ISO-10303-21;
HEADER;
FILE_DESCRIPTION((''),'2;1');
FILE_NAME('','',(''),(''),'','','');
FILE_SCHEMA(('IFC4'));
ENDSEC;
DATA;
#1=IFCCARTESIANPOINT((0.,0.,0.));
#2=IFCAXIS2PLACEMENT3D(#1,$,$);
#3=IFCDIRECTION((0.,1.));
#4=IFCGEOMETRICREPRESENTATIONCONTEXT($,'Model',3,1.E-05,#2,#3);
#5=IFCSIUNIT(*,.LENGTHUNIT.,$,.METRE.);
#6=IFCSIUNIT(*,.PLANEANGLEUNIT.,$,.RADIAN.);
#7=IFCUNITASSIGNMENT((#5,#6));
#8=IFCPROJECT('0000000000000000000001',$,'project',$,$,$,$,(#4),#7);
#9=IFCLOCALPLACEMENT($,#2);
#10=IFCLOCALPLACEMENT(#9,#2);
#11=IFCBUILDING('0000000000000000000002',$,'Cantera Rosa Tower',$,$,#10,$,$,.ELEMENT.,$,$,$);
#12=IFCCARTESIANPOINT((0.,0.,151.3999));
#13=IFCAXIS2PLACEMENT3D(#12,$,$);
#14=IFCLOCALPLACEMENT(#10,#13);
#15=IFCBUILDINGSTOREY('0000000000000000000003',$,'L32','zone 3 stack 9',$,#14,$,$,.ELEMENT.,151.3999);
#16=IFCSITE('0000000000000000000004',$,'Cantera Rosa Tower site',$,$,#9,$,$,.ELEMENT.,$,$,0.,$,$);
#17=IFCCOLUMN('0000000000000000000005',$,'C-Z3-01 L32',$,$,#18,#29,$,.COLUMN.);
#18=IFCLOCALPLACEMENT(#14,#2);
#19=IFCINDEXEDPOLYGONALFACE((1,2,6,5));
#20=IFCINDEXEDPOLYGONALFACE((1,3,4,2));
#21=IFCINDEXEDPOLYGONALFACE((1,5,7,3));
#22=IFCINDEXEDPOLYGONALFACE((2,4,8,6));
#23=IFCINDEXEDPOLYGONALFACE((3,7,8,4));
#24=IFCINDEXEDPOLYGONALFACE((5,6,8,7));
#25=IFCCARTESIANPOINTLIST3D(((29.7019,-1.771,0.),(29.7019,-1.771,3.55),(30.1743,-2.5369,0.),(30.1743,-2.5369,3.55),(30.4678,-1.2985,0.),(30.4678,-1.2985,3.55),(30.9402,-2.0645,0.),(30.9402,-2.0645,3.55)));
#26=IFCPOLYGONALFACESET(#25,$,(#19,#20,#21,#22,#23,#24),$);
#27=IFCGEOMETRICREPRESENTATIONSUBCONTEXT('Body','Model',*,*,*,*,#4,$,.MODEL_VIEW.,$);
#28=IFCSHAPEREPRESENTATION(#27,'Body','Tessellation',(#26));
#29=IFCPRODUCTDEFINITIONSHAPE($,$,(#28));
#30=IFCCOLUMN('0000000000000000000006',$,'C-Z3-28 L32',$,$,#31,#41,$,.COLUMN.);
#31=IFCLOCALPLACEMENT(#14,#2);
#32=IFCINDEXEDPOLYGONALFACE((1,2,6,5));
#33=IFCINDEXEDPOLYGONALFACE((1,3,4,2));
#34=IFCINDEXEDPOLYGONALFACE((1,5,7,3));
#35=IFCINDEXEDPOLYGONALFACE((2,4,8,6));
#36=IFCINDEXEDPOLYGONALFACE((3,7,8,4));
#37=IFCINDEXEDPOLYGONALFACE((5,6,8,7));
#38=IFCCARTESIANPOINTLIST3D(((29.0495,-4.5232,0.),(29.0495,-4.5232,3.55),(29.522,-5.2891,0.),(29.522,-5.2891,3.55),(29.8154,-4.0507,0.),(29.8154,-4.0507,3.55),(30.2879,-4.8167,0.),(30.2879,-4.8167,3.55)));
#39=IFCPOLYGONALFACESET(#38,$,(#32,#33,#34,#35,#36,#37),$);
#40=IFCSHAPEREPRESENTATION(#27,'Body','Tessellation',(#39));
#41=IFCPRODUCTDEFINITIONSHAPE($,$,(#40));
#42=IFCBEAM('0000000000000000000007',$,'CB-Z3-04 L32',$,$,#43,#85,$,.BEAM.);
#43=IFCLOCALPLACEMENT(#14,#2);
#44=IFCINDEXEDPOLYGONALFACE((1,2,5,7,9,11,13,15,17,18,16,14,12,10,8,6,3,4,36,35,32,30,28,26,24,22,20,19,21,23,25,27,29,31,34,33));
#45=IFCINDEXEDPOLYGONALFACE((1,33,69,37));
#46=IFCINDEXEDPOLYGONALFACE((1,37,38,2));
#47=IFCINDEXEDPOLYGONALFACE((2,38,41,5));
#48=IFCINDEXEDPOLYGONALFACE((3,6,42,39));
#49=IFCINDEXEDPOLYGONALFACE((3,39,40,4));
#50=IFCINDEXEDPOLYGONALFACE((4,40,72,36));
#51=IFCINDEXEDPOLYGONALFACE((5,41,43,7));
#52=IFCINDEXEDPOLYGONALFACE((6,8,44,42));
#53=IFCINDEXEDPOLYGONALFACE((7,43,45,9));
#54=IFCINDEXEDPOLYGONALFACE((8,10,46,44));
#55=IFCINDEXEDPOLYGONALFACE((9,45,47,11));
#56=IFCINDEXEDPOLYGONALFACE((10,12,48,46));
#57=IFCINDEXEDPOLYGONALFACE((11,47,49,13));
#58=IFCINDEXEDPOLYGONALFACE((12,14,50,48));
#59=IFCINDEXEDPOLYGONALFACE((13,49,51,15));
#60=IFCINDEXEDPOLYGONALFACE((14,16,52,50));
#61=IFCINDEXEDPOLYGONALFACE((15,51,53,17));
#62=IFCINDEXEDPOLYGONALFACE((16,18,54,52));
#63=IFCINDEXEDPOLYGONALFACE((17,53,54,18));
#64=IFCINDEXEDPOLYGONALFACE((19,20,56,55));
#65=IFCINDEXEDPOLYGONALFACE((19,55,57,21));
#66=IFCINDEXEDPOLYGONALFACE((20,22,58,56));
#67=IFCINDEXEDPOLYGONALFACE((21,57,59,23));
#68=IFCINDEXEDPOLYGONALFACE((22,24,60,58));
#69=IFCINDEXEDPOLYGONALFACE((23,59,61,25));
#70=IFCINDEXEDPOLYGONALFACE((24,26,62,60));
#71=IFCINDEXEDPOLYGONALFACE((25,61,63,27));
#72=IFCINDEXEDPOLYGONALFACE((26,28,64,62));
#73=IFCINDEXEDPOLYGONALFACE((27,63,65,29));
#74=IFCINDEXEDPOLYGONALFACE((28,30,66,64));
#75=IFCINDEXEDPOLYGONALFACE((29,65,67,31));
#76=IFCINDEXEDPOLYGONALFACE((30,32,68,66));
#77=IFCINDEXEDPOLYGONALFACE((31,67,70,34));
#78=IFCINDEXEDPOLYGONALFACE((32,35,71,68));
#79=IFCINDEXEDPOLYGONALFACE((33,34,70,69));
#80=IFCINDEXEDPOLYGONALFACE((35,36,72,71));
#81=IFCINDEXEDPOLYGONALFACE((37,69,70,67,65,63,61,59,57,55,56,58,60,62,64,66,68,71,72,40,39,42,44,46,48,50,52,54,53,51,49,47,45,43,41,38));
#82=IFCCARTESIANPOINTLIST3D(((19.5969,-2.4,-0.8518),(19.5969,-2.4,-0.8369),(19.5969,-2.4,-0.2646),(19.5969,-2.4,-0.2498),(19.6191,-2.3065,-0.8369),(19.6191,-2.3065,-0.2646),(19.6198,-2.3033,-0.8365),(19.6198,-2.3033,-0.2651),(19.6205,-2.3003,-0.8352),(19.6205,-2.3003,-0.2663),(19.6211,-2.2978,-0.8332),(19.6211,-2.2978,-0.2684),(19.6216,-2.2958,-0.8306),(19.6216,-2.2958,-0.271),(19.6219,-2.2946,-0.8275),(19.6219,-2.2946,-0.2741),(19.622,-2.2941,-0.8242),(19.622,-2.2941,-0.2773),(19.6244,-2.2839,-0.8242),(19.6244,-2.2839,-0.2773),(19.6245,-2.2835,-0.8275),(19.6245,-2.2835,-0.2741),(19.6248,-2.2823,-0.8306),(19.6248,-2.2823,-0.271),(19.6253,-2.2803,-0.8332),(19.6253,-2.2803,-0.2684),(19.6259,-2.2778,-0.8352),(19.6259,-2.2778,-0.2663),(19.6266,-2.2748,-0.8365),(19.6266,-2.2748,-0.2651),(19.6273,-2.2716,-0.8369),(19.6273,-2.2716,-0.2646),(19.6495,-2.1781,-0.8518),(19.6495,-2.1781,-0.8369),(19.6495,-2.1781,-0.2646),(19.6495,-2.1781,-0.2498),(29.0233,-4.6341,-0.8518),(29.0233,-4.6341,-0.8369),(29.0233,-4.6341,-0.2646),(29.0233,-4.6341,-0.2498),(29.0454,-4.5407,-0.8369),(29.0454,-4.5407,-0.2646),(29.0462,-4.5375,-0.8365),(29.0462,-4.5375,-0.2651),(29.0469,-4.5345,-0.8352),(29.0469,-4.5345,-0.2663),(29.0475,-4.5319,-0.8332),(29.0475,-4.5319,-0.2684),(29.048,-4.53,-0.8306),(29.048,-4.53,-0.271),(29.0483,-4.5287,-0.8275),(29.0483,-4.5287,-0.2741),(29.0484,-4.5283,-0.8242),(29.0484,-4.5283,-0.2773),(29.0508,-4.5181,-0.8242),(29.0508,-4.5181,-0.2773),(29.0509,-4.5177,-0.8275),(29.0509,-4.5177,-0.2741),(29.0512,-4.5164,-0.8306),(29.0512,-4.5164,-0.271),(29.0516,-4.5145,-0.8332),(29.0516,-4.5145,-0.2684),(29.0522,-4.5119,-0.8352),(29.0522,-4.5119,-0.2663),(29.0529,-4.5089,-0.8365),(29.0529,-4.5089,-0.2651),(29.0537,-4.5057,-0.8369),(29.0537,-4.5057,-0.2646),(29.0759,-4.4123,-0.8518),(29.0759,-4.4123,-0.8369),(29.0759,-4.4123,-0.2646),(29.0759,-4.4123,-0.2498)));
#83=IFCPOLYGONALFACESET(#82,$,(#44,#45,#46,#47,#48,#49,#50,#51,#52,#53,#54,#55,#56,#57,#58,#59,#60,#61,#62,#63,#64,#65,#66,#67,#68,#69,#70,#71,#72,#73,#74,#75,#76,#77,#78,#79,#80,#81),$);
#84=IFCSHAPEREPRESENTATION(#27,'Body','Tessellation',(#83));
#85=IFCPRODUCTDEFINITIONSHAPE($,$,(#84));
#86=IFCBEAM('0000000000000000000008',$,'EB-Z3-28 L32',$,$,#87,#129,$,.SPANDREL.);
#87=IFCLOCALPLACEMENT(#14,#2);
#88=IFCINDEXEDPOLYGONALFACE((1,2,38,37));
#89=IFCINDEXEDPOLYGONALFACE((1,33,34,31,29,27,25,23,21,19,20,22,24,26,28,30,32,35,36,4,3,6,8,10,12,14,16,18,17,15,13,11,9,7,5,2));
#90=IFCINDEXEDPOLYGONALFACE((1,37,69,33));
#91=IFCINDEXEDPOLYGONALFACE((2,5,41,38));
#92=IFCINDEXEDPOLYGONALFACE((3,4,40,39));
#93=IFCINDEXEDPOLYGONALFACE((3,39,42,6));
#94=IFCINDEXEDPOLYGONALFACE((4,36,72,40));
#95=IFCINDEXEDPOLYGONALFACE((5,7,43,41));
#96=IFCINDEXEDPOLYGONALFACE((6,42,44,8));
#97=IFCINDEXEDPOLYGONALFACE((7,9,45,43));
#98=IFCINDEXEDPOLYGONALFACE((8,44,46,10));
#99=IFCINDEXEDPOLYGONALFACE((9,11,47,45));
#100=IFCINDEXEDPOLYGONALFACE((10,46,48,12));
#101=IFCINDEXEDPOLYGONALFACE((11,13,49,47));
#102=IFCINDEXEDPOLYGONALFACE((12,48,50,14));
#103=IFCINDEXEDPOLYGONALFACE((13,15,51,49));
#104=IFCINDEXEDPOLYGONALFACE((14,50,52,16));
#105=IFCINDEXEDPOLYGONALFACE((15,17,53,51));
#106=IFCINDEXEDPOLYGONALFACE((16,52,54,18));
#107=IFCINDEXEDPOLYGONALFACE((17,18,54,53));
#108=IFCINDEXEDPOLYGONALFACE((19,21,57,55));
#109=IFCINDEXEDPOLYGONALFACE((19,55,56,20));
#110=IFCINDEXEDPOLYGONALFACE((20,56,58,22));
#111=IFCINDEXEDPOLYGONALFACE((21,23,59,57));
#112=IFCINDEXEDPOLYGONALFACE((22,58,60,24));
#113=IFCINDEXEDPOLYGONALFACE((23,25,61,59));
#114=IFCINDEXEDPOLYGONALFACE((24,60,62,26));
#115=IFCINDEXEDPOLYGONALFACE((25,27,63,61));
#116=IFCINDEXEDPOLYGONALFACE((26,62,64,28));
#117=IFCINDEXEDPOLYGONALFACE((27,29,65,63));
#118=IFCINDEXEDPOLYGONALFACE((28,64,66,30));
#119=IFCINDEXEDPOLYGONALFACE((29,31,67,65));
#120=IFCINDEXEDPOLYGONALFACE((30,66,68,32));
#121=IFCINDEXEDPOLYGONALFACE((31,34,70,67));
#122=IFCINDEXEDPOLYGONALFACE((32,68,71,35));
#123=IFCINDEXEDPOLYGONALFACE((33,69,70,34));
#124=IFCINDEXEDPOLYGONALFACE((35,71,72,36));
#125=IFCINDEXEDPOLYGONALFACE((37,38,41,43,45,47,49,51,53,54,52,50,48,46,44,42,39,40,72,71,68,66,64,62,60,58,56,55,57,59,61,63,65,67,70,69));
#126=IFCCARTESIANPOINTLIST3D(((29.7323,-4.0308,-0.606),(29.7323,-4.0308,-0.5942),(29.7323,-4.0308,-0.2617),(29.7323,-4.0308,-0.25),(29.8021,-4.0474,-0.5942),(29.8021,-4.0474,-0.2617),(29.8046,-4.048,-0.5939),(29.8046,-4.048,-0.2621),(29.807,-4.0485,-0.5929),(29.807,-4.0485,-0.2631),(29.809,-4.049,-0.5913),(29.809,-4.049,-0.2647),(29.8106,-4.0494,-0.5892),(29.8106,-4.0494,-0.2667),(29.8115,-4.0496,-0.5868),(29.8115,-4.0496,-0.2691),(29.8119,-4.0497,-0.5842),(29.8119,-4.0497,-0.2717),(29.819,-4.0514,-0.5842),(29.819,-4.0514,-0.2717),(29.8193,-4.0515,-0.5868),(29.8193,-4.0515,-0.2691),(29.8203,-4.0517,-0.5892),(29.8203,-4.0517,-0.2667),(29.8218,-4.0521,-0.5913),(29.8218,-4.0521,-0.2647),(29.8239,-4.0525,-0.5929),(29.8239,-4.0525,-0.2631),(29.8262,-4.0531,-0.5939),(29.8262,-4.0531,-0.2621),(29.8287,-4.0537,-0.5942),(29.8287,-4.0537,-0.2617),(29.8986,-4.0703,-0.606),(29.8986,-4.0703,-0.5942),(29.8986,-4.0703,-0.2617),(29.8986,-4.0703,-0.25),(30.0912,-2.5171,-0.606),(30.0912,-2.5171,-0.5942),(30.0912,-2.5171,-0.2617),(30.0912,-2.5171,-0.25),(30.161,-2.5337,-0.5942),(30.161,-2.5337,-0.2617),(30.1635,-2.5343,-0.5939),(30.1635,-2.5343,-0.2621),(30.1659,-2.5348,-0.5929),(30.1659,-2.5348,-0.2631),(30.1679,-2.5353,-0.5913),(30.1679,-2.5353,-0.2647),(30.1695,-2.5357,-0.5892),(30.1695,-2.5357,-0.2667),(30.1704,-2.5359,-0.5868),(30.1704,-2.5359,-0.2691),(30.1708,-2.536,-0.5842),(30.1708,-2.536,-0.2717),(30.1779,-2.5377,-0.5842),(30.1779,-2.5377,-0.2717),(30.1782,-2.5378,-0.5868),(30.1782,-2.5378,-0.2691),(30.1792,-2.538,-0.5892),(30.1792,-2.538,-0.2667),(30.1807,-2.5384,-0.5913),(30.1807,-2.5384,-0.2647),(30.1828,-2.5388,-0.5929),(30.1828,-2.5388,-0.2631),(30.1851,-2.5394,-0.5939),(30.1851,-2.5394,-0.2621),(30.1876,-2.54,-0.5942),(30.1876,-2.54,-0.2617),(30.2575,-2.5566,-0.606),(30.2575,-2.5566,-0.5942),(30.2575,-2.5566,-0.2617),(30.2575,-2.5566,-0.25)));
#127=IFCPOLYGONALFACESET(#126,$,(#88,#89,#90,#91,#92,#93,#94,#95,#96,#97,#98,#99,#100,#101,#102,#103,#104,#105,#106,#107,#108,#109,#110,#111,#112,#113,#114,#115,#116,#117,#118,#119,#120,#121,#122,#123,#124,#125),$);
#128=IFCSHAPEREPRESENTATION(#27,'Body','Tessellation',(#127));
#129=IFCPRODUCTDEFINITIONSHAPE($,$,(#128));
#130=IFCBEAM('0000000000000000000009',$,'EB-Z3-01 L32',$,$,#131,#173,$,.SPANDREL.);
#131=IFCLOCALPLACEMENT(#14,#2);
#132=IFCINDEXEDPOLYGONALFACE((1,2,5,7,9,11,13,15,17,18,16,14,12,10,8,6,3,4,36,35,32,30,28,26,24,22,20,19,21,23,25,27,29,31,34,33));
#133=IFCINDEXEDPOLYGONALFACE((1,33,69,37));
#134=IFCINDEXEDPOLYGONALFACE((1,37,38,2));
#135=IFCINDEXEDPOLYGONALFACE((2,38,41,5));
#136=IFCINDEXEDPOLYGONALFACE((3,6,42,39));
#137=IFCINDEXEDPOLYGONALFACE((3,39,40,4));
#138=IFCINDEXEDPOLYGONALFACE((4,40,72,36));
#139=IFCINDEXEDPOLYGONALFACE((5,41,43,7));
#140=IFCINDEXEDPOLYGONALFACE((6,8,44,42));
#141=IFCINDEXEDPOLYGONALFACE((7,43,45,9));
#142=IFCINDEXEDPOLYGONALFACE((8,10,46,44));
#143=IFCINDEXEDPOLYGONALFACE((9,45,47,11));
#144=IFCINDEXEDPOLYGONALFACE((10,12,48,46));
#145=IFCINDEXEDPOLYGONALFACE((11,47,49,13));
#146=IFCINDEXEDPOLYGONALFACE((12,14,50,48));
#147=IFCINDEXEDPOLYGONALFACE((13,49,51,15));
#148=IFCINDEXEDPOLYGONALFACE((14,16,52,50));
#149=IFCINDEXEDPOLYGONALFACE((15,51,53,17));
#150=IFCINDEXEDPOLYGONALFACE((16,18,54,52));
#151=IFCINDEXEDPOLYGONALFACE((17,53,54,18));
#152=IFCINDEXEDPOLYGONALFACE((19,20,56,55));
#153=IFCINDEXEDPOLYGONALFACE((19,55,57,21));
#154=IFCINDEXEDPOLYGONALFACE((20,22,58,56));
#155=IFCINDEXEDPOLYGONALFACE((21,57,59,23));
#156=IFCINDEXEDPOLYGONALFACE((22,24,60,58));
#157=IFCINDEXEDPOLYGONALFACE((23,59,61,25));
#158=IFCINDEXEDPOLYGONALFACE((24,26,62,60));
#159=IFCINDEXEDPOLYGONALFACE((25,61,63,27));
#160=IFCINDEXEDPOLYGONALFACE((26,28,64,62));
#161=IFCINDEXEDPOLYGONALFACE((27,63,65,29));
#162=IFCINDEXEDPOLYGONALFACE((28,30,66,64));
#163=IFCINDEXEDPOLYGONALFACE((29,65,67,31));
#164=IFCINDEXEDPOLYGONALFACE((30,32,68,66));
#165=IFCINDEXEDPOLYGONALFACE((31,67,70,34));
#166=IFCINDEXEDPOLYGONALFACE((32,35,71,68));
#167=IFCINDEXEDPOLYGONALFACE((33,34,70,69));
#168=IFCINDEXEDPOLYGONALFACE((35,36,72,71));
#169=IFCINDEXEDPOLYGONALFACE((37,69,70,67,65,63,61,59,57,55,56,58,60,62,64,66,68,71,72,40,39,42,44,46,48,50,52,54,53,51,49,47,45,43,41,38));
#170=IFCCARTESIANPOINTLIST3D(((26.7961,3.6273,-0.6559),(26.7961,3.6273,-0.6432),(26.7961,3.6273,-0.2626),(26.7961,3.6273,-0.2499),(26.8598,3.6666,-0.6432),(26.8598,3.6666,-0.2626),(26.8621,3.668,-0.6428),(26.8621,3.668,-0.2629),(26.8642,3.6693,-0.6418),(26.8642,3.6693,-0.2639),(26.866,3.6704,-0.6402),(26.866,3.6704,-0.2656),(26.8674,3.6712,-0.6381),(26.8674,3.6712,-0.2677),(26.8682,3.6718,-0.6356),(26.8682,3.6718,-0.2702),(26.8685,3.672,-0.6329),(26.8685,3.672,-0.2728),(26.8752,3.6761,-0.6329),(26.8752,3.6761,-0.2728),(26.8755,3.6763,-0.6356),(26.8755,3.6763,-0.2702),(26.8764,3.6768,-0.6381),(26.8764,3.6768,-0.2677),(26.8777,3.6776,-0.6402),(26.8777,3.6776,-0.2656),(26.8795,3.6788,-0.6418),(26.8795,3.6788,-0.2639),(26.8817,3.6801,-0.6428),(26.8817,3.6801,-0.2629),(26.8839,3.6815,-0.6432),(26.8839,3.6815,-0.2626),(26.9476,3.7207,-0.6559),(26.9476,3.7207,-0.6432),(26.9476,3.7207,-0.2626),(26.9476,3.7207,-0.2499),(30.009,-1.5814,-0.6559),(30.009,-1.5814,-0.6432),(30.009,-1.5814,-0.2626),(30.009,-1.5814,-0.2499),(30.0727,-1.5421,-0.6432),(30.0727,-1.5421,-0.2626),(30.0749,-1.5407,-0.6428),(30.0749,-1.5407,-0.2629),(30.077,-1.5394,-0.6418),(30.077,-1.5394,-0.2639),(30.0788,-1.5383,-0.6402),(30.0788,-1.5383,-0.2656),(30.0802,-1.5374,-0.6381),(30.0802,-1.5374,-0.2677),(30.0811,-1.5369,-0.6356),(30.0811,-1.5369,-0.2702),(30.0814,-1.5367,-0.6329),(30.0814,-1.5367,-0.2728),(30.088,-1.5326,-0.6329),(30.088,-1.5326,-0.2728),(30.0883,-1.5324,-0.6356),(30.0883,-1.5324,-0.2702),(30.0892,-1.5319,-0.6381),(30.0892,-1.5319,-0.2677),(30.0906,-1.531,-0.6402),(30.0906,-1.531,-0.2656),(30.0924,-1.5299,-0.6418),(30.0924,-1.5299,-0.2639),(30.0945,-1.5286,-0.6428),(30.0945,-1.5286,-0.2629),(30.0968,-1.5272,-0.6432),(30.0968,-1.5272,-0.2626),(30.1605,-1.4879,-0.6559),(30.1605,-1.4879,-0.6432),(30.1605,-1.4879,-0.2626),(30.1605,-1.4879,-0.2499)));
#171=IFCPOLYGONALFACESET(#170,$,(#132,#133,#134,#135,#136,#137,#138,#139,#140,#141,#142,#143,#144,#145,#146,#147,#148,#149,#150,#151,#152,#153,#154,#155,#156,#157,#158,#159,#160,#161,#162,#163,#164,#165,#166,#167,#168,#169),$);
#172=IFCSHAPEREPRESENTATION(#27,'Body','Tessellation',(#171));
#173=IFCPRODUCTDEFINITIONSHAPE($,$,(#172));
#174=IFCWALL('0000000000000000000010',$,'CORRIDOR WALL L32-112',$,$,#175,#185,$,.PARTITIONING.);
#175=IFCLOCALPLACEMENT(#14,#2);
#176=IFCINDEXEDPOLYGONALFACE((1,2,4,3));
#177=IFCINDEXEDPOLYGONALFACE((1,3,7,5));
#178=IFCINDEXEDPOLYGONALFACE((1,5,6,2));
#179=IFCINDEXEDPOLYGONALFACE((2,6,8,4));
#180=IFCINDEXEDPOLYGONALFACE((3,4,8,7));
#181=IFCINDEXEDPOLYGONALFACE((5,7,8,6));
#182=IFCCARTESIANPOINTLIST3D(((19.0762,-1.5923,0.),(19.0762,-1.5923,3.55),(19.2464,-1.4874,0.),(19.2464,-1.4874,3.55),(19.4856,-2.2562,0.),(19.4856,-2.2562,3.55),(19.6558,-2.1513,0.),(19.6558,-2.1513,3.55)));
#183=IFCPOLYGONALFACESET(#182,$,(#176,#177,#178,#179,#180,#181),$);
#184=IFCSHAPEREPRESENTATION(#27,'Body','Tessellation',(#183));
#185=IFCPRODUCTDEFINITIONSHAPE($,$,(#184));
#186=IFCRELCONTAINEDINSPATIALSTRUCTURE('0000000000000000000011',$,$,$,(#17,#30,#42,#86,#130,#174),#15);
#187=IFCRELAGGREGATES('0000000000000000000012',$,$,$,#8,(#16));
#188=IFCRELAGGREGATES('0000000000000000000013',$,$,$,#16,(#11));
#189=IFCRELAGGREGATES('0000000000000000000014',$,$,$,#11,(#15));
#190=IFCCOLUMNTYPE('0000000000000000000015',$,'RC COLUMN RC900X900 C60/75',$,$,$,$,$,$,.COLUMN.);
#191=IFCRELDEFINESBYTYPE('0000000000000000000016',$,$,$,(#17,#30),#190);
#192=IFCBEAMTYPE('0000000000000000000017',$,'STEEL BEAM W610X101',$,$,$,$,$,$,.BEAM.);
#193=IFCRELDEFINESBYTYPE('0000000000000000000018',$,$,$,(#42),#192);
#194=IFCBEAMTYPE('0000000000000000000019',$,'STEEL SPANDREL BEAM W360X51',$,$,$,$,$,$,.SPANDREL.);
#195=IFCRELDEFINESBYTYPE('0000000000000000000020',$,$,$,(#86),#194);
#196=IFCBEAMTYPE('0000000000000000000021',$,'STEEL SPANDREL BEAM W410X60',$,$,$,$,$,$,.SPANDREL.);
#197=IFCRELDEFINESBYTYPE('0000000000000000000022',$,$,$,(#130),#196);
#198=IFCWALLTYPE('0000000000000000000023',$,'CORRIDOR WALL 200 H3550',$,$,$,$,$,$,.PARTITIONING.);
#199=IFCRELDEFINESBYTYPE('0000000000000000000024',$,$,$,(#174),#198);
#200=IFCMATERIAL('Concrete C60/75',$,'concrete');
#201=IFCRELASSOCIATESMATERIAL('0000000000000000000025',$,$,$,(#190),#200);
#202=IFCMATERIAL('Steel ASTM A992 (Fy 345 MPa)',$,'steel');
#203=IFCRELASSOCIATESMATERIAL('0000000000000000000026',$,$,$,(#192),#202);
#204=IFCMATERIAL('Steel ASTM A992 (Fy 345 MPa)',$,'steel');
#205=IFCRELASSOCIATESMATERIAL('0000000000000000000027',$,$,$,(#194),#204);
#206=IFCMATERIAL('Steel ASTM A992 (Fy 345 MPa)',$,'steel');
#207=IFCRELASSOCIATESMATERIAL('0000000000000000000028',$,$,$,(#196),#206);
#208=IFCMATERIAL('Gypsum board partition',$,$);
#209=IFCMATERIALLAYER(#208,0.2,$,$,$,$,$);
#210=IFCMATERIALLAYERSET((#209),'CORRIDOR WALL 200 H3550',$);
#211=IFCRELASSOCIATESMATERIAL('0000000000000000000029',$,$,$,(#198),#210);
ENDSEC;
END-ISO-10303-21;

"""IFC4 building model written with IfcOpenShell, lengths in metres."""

from ifc_helpers import new_model, si_unit, direction, frame, frame_2d, origin, origin_2d, place, context, subcontext, project, spatial, rectangle, i_section, extrude, material, layer, layer_set, material_profile, profile_set, type_object, element, save


model = new_model("IFC4")

# Units and contexts
model_context = context("Model", 3, precision=1e-05, world=origin(), true_north=direction((0.0, 1.0)))
body_context = subcontext(model_context, "Body", "Model", "MODEL_VIEW")
ifc_project = project(units=[si_unit("LENGTHUNIT", "METRE"), si_unit("PLANEANGLEUNIT", "RADIAN")], contexts=[model_context])

# Site, building, storey
site_placement = place(None, origin())
site = spatial("IfcSite", under=ifc_project, at=site_placement, Name="Cantera Rosa Tower site", CompositionType="ELEMENT", RefElevation=0.0)
building_placement = place(site_placement, origin())
building = spatial("IfcBuilding", under=site, at=building_placement, Name="Cantera Rosa Tower", CompositionType="ELEMENT")
storey_placement = place(building_placement, frame((0.0, 0.0, 151.3999)))
storey = spatial("IfcBuildingStorey", under=building, at=storey_placement, Name="L32", Description="zone 3 stack 9", CompositionType="ELEMENT", Elevation=151.3999)

# Columns
ifc_material_1 = material(Name="Concrete C60/75", Category="concrete")
ifc_material_profile_1 = material_profile(ifc_material_1, rectangle(XDim=0.8999, YDim=0.8999, at=origin_2d()), Name="RC COLUMN RC900X900 C60/75")
ifc_profile_set_1 = profile_set([ifc_material_profile_1], Name="Concrete C60/75")
column_type = type_object("IfcColumnType", Name="RC COLUMN RC900X900 C60/75", PredefinedType="COLUMN", material=ifc_profile_set_1)
for number, where, z_axis, x_axis, name in (
    (1, (30.321, -1.9177, 0.0), (0.0, 0.0, 1.0), (0.851117, 0.524977, 0.0), "C-Z3-01 L32"),
    (2, (29.6687, -4.6699, 0.0), (0.0, 0.0, 1.0), (0.851117, 0.524977, 0.0), "C-Z3-28 L32"),
):
    element("IfcColumn", number, at=place(storey_placement, frame(where, z_axis=z_axis, x_axis=x_axis)), inside=storey, type_object=column_type, Name=name, PredefinedType="COLUMN", context=body_context, shape_type="SweptSolid", body=[
        extrude(rectangle(XDim=0.8999, YDim=0.8999, at=origin_2d()), origin(), (0.0, 0.0, 1.0), 3.55),
    ])

# Beams
ifc_material_2 = material(Name="Steel ASTM A992 (Fy 345 MPa)", Category="steel")
ifc_material_profile_2 = material_profile(ifc_material_2, i_section(OverallWidth=0.228, OverallDepth=0.6021, WebThickness=0.0105, FlangeThickness=0.0149, FilletRadius=0.0127, at=origin_2d()), Name="W610X101")
ifc_profile_set_2 = profile_set([ifc_material_profile_2], Name="Steel ASTM A992 (Fy 345 MPa)")
beam_type_1 = type_object("IfcBeamType", Name="STEEL BEAM W610X101", PredefinedType="BEAM", material=ifc_profile_set_2)
beam_1_placement = place(storey_placement, frame((29.0496, -4.5232, -0.5508), z_axis=(-0.973043, 0.230622, 0.0), x_axis=(-0.230622, -0.973043, 0.0)))
element("IfcBeam", 3, at=beam_1_placement, inside=storey, type_object=beam_type_1, Name="CB-Z3-04 L32", PredefinedType="BEAM", context=body_context, shape_type="SweptSolid", body=[
    extrude(i_section(OverallWidth=0.228, OverallDepth=0.6021, WebThickness=0.0105, FlangeThickness=0.0149, FilletRadius=0.0127, at=origin_2d()), origin(), (0.0, 0.0, 1.0), 9.6875),
])
ifc_material_3 = material(Name="Steel ASTM A992 (Fy 345 MPa)", Category="steel")
ifc_material_profile_3 = material_profile(ifc_material_3, i_section(OverallWidth=0.1709, OverallDepth=0.356, WebThickness=0.0073, FlangeThickness=0.0117, FilletRadius=0.01, at=origin_2d()), Name="W360X51")
ifc_profile_set_3 = profile_set([ifc_material_profile_3], Name="Steel ASTM A992 (Fy 345 MPa)")
beam_type_2 = type_object("IfcBeamType", Name="STEEL SPANDREL BEAM W360X51", PredefinedType="SPANDREL", material=ifc_profile_set_3)
beam_2_placement = place(storey_placement, frame((29.8154, -4.0505, -0.428), z_axis=(0.230701, 0.973025, 0.0), x_axis=(-0.973025, 0.230701, 0.0)))
element("IfcBeam", 4, at=beam_2_placement, inside=storey, type_object=beam_type_2, Name="EB-Z3-28 L32", PredefinedType="SPANDREL", context=body_context, shape_type="SweptSolid", body=[
    extrude(i_section(OverallWidth=0.1709, OverallDepth=0.356, WebThickness=0.0073, FlangeThickness=0.0117, FilletRadius=0.01, at=origin_2d()), origin(), (0.0, 0.0, 1.0), 1.5557),
])
ifc_material_4 = material(Name="Steel ASTM A992 (Fy 345 MPa)", Category="steel")
ifc_material_profile_4 = material_profile(ifc_material_4, i_section(OverallWidth=0.178, OverallDepth=0.406, WebThickness=0.0078, FlangeThickness=0.0127, FilletRadius=0.0103, at=origin_2d()), Name="W410X60")
ifc_profile_set_4 = profile_set([ifc_material_profile_4], Name="Steel ASTM A992 (Fy 345 MPa)")
beam_type_3 = type_object("IfcBeamType", Name="STEEL SPANDREL BEAM W410X60", PredefinedType="SPANDREL", material=ifc_profile_set_4)
beam_3_placement = place(storey_placement, frame((30.0847, -1.5347, -0.4529), z_axis=(-0.524987, 0.85111, 0.0), x_axis=(-0.85111, -0.524987, 0.0)))
element("IfcBeam", 5, at=beam_3_placement, inside=storey, type_object=beam_type_3, Name="EB-Z3-01 L32", PredefinedType="SPANDREL", context=body_context, shape_type="SweptSolid", body=[
    extrude(i_section(OverallWidth=0.178, OverallDepth=0.406, WebThickness=0.0078, FlangeThickness=0.0127, FilletRadius=0.0103, at=origin_2d()), origin(), (0.0, 0.0, 1.0), 6.1199),
])

# Wall
ifc_material_5 = material(Name="Gypsum board partition")
ifc_layer_1 = layer(ifc_material_5, 0.2)
ifc_layer_set_1 = layer_set([ifc_layer_1], Name="CORRIDOR WALL 200 H3550")
wall_type_1 = type_object("IfcWallType", Name="CORRIDOR WALL 200 H3550", PredefinedType="PARTITIONING", material=ifc_layer_set_1)
wall_1_placement = place(storey_placement, frame((19.5708, -2.2039, 0.0), z_axis=(0.0, 0.0, 1.0), x_axis=(-0.524953, 0.851131, 0.0)))
element("IfcWall", 6, at=wall_1_placement, inside=storey, type_object=wall_type_1, Name="CORRIDOR WALL L32-112", PredefinedType="PARTITIONING", context=body_context, shape_type="SweptSolid", body=[
    extrude(rectangle(XDim=0.78, YDim=0.2, at=frame_2d((0.3901, 0.0))), origin(), (0.0, 0.0, 1.0), 3.55),
])

save(model, "model.ifc")
